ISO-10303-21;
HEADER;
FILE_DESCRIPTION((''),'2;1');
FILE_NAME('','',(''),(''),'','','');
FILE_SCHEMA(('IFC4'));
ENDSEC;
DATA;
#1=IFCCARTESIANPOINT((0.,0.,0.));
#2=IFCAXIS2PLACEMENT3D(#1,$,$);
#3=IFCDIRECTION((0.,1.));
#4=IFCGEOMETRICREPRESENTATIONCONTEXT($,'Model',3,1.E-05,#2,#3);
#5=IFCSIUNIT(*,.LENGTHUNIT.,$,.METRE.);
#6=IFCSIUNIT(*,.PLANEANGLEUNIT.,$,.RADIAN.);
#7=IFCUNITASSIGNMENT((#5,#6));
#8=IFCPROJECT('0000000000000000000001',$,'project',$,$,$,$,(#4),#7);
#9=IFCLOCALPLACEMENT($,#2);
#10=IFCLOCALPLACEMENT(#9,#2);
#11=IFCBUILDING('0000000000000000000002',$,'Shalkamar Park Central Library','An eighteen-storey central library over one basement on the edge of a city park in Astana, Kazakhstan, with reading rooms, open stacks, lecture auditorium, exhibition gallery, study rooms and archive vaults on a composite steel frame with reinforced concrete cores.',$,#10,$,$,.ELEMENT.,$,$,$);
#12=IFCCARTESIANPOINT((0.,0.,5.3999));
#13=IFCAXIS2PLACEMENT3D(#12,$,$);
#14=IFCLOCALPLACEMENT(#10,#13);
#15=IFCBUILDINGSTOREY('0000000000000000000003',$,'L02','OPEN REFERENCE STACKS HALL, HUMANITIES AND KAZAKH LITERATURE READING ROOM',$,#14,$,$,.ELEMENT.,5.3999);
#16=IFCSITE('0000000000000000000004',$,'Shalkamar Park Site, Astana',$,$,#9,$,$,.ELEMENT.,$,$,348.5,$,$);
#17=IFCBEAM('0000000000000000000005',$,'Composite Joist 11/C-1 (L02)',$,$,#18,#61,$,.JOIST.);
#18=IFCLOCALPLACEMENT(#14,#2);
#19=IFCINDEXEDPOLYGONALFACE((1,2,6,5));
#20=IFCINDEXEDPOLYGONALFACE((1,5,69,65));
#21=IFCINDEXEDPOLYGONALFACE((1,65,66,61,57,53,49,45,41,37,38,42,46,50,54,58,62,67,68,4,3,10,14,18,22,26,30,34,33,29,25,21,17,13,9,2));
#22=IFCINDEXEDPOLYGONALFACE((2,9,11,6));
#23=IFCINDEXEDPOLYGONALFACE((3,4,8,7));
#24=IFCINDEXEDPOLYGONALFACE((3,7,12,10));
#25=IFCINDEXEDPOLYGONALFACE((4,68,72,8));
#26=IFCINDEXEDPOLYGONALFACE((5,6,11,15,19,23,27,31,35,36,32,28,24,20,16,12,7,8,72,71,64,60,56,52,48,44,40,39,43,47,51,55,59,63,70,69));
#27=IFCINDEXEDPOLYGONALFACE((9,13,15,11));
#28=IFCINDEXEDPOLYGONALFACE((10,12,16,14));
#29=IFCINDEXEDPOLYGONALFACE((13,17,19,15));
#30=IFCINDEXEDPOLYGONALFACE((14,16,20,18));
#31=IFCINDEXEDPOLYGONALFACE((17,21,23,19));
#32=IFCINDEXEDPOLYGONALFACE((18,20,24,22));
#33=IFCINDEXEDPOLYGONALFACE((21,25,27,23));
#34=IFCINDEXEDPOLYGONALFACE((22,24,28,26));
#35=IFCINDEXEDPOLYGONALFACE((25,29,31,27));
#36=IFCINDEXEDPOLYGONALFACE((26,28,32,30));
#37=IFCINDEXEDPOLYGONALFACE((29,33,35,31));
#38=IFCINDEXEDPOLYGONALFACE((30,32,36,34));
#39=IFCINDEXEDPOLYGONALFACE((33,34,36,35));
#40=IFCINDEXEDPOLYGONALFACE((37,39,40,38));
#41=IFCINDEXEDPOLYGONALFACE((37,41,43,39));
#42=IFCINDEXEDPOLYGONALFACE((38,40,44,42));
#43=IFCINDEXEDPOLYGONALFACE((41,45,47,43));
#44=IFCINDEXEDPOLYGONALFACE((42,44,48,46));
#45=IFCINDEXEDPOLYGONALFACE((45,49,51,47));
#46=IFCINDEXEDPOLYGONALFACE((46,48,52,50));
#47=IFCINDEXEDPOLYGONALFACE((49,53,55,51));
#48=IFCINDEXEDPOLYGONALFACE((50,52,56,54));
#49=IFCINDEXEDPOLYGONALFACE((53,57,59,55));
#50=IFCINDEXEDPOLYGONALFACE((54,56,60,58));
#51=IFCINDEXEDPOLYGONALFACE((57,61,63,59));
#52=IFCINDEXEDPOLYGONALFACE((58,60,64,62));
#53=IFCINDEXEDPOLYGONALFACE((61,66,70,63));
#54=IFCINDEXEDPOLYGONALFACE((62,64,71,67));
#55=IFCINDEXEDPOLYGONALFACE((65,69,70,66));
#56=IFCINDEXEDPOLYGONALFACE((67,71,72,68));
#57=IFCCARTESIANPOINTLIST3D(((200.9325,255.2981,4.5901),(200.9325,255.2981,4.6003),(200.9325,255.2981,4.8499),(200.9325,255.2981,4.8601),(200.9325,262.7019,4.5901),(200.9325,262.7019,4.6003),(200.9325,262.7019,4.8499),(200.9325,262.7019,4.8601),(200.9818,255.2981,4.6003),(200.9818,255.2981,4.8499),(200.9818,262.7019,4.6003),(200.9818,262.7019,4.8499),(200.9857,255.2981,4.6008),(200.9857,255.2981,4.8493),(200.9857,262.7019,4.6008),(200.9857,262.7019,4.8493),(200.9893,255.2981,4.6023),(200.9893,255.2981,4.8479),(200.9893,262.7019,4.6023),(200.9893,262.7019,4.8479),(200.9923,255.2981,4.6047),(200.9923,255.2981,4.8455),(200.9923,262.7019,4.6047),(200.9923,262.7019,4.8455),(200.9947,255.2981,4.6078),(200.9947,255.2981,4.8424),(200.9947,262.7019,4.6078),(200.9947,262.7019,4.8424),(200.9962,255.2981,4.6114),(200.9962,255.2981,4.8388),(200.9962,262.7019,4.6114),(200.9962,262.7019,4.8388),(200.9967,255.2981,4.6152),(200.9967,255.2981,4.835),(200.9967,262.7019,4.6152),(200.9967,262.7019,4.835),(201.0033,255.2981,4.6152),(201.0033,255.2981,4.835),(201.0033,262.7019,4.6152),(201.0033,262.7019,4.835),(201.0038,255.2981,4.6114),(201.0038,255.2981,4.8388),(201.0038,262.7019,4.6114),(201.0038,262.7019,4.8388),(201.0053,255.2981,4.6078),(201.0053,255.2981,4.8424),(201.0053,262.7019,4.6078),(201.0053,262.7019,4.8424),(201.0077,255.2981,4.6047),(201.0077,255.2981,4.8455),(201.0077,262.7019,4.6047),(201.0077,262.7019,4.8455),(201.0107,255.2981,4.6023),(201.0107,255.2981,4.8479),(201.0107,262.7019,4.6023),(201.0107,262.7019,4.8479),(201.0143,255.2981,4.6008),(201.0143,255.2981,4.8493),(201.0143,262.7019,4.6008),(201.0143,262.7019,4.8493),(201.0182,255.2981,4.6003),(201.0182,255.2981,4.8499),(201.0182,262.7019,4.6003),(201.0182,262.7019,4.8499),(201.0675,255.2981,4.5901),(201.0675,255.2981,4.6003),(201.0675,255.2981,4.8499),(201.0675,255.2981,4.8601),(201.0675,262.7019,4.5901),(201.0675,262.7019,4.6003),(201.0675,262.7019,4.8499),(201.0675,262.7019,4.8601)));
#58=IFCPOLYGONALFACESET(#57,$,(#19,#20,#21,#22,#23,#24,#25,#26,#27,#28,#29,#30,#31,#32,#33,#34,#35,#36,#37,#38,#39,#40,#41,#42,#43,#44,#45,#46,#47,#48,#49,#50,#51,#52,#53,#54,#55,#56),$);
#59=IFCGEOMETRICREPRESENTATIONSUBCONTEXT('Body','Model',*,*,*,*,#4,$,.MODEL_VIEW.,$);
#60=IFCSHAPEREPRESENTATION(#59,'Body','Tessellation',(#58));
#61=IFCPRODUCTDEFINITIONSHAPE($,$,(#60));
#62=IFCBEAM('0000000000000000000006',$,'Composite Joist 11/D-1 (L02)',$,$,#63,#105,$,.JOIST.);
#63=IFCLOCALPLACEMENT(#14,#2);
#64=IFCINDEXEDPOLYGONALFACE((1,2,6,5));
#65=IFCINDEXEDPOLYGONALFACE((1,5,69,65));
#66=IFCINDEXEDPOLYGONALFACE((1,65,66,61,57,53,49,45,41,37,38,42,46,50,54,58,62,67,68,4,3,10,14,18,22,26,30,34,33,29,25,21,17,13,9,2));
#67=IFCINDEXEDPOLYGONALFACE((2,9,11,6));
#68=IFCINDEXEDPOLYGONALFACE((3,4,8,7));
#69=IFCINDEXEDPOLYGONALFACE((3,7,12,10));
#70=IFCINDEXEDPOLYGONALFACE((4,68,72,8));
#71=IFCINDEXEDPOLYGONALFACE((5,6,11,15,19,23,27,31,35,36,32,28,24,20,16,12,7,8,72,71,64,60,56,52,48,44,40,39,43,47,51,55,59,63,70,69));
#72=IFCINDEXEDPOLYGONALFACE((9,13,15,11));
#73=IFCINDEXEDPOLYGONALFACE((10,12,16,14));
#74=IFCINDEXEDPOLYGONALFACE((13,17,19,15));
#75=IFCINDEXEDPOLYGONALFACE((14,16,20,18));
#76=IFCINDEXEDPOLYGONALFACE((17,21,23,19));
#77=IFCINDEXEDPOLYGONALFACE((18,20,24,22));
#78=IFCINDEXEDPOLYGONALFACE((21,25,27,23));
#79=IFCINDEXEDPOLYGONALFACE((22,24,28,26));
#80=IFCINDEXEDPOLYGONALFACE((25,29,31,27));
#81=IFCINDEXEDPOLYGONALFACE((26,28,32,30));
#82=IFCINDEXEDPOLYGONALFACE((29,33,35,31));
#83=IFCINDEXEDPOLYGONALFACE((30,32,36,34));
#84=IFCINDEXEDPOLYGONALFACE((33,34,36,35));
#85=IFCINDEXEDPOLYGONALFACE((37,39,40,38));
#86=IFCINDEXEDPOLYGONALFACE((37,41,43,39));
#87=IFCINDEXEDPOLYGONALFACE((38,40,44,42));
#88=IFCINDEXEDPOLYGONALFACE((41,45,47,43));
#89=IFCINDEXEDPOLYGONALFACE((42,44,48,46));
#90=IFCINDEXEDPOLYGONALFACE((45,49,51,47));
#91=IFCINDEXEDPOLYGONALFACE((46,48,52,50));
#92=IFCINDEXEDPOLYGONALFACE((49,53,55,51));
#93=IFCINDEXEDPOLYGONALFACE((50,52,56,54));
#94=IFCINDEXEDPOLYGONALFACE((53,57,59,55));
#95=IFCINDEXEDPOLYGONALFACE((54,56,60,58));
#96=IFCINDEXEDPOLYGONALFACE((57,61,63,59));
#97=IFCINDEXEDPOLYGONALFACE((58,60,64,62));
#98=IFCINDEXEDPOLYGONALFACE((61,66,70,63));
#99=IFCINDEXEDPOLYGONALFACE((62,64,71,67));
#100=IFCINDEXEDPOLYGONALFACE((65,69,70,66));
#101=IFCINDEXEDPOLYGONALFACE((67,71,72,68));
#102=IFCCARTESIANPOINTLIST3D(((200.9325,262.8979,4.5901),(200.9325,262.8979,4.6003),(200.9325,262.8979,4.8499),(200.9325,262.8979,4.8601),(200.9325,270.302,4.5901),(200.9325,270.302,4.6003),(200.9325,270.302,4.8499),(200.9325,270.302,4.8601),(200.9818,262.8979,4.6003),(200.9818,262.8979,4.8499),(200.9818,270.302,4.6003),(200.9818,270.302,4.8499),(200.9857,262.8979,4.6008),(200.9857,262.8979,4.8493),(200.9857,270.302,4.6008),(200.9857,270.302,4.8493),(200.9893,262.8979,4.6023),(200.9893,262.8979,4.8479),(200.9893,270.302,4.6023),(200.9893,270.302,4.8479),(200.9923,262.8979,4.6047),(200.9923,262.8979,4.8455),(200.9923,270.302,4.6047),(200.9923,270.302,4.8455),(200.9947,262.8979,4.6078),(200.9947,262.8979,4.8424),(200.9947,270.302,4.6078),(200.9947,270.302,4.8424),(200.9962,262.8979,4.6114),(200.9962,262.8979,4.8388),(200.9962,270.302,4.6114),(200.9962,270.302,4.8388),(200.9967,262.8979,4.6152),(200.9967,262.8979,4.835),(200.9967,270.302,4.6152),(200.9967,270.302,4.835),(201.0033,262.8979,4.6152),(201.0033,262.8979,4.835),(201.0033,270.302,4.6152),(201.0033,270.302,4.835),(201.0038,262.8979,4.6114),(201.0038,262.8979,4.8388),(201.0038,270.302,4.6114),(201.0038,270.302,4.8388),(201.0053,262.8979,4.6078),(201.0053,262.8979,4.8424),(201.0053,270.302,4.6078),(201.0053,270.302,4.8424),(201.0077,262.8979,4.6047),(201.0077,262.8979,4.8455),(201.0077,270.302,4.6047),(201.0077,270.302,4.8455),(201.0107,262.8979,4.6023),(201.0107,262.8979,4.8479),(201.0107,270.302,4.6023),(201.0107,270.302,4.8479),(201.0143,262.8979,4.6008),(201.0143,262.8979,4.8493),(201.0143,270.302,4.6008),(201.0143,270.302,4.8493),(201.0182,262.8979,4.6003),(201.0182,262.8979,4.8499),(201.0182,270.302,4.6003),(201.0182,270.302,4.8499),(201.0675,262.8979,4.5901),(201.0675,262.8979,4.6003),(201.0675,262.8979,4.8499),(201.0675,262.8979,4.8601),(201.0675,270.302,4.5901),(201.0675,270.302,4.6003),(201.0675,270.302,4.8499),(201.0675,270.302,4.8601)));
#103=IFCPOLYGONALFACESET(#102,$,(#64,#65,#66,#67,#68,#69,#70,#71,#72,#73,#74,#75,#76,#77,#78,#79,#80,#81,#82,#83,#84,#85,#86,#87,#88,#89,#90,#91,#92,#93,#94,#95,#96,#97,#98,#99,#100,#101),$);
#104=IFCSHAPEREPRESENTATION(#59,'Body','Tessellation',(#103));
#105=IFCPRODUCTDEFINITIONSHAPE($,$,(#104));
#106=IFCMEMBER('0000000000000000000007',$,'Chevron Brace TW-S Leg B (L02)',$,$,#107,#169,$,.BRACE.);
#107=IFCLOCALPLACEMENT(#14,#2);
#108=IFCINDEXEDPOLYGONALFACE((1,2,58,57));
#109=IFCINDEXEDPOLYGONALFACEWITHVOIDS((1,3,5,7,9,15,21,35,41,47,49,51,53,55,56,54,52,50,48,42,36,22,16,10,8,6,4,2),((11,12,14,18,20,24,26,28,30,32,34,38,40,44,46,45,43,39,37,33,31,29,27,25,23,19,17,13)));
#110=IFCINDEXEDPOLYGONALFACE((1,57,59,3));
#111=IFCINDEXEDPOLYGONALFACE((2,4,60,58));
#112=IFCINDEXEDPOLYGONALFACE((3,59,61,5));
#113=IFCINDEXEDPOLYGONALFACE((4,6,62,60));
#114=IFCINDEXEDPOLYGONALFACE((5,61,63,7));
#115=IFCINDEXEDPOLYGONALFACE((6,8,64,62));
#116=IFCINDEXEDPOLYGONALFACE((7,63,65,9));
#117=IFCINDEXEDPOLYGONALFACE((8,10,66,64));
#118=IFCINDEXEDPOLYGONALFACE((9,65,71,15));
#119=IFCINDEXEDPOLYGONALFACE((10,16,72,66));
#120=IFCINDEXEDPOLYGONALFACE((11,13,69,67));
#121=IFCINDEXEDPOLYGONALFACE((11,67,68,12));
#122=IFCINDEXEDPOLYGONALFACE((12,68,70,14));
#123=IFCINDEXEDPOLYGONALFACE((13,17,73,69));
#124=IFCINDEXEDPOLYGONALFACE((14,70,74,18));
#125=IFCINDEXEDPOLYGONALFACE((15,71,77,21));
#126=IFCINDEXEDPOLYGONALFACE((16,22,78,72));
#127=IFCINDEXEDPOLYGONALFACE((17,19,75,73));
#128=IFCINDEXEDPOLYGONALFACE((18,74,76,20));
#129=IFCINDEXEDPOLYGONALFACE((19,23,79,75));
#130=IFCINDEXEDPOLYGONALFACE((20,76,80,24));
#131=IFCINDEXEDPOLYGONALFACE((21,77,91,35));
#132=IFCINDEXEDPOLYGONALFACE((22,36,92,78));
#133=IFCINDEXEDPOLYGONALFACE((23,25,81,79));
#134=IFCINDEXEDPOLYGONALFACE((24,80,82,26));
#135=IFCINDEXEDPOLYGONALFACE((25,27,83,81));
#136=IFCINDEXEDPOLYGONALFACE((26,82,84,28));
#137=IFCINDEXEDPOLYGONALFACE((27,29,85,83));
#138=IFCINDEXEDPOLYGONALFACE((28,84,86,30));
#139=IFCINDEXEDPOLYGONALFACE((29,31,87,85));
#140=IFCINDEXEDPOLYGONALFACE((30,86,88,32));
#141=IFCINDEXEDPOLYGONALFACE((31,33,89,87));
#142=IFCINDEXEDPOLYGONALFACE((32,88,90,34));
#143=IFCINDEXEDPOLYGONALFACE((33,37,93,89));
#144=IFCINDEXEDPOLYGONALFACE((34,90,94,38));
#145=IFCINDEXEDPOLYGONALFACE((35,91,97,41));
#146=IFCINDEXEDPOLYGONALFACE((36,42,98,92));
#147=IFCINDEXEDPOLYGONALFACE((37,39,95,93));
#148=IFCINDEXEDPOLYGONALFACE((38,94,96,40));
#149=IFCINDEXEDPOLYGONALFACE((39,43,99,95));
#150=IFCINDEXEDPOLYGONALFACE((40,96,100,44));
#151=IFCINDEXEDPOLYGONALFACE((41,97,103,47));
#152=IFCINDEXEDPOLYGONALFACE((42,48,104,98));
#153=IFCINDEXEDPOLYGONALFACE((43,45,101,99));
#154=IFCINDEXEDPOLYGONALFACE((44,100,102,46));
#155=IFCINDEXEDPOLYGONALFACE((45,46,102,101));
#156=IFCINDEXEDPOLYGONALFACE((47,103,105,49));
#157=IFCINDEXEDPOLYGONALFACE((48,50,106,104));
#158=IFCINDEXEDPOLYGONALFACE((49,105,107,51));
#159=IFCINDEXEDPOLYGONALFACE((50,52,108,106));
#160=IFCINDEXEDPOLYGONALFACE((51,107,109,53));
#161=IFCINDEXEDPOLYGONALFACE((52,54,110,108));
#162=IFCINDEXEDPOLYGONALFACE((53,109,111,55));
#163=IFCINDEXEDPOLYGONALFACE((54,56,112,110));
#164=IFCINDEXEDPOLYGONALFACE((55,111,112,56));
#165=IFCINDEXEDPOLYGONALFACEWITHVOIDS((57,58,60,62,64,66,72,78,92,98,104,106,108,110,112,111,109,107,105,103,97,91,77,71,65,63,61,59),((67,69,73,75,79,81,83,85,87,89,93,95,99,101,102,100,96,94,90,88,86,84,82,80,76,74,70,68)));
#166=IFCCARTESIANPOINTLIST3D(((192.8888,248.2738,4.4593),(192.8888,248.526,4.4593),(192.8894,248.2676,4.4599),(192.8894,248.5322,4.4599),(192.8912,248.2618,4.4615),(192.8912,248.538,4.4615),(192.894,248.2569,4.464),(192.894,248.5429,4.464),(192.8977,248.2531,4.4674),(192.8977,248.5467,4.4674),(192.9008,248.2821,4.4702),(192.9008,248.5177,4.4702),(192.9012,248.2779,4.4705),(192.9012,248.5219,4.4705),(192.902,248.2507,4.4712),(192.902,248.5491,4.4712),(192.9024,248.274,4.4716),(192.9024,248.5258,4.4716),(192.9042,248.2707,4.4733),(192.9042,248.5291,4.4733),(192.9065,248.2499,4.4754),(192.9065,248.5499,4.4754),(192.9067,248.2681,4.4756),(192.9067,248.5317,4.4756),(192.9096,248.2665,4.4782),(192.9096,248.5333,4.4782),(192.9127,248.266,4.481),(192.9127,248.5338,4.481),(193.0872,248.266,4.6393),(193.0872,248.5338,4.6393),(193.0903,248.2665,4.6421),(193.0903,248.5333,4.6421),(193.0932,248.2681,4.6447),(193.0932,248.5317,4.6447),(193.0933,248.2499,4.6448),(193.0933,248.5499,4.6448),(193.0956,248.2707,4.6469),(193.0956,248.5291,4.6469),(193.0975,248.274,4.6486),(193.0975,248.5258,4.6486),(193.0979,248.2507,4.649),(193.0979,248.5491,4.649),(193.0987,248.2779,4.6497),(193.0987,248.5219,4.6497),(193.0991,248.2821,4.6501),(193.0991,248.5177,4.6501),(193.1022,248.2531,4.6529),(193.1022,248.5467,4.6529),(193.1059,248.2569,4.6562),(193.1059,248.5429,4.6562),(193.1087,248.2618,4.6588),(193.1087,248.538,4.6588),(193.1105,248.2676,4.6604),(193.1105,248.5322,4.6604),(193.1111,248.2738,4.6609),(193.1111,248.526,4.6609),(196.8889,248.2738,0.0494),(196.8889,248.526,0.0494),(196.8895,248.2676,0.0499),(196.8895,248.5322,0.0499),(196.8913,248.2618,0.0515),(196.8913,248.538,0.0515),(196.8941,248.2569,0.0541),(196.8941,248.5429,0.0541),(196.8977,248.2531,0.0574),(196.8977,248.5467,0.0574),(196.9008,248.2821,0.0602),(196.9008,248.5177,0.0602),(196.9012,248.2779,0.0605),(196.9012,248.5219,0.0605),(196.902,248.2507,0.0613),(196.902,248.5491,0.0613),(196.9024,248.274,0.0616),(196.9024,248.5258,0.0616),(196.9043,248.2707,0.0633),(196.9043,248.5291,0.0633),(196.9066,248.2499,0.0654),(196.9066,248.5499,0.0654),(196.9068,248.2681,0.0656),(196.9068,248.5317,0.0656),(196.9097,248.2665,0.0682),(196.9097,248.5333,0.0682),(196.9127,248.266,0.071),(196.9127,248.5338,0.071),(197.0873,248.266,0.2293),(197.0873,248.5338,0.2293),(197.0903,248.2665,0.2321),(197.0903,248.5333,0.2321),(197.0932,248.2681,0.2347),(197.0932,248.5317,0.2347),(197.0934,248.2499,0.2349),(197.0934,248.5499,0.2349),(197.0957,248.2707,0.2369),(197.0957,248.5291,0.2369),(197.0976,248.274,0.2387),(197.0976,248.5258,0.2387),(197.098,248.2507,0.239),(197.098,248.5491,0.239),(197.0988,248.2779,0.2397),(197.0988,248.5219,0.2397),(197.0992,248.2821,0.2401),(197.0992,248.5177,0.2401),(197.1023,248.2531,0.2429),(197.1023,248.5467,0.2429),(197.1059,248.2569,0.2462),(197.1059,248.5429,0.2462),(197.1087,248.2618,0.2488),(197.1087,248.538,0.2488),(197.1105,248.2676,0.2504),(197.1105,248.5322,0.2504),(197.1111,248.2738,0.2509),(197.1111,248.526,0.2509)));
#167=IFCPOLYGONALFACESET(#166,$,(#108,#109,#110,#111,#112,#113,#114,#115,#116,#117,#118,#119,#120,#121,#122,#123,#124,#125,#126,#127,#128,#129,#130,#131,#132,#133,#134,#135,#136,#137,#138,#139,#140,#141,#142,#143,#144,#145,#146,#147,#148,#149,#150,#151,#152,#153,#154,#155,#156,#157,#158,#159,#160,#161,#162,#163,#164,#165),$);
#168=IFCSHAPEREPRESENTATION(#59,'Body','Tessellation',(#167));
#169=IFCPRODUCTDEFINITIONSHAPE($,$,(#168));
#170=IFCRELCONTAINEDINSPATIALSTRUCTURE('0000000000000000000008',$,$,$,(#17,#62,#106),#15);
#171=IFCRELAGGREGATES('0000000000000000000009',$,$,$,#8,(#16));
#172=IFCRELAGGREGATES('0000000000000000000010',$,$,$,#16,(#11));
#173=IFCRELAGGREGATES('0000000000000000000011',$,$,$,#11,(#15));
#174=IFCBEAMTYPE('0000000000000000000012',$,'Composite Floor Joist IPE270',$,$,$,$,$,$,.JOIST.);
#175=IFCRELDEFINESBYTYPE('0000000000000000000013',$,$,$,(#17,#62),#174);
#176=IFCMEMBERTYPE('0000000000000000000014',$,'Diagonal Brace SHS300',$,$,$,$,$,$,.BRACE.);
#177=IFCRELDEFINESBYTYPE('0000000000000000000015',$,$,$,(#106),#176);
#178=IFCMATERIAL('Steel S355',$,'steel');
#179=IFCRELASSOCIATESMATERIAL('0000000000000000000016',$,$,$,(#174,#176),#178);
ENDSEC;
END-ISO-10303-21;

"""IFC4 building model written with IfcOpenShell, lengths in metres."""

from ifc_helpers import new_model, si_unit, direction, frame, origin, origin_2d, place, context, subcontext, project, spatial, hollow_rectangle, i_section, extrude, material, material_profile, profile_set, type_object, element, save


model = new_model("IFC4")

# Units and contexts
model_context = context("Model", 3, precision=1e-05, world=origin(), true_north=direction((0.0, 1.0)))
body_context = subcontext(model_context, "Body", "Model", "MODEL_VIEW")
ifc_project = project(units=[si_unit("LENGTHUNIT", "METRE"), si_unit("PLANEANGLEUNIT", "RADIAN")], contexts=[model_context])

# Site, building, storey
site_placement = place(None, origin())
site = spatial("IfcSite", under=ifc_project, at=site_placement, Name="Shalkamar Park Site, Astana", CompositionType="ELEMENT", RefElevation=348.5)
building_placement = place(site_placement, origin())
building = spatial("IfcBuilding", under=site, at=building_placement, Name="Shalkamar Park Central Library", Description="An eighteen-storey central library over one basement on the edge of a city park in Astana, Kazakhstan, with reading rooms, open stacks, lecture auditorium, exhibition gallery, study rooms and archive vaults on a composite steel frame with reinforced concrete cores.", CompositionType="ELEMENT")
storey_placement = place(building_placement, frame((0.0, 0.0, 5.3999)))
storey = spatial("IfcBuildingStorey", under=building, at=storey_placement, Name="L02", Description="OPEN REFERENCE STACKS HALL, HUMANITIES AND KAZAKH LITERATURE READING ROOM", CompositionType="ELEMENT", Elevation=5.3999)

# Shared definitions
ifc_material_1 = material(Name="Steel S355", Category="steel")

# Beams
ifc_material_profile_1 = material_profile(ifc_material_1, i_section(OverallWidth=0.135, OverallDepth=0.27, WebThickness=0.0066, FlangeThickness=0.0103, FilletRadius=0.0149, at=origin_2d()), Name="IPE 270")
ifc_profile_set_1 = profile_set([ifc_material_profile_1], Name="Steel S355")
beam_type_1 = type_object("IfcBeamType", Name="Composite Floor Joist IPE270", PredefinedType="JOIST", material=ifc_profile_set_1)
beam_1_placement = place(storey_placement, frame((201.0, 255.2981, 4.7251), z_axis=(0.0, 1.0, 0.0), x_axis=(-1.0, 0.0, 0.0)))
element("IfcBeam", 1, at=beam_1_placement, inside=storey, type_object=beam_type_1, Name="Composite Joist 11/C-1 (L02)", PredefinedType="JOIST", context=body_context, shape_type="SweptSolid", body=[
    extrude(i_section(OverallWidth=0.135, OverallDepth=0.27, WebThickness=0.0066, FlangeThickness=0.0103, FilletRadius=0.0149, at=origin_2d()), origin(), (0.0, 0.0, 1.0), 7.4038),
])
beam_2_placement = place(storey_placement, frame((201.0, 262.8979, 4.7251), z_axis=(0.0, 1.0, 0.0), x_axis=(-1.0, 0.0, 0.0)))
element("IfcBeam", 2, at=beam_2_placement, inside=storey, type_object=beam_type_1, Name="Composite Joist 11/D-1 (L02)", PredefinedType="JOIST", context=body_context, shape_type="SweptSolid", body=[
    extrude(i_section(OverallWidth=0.135, OverallDepth=0.27, WebThickness=0.0066, FlangeThickness=0.0103, FilletRadius=0.0149, at=origin_2d()), origin(), (0.0, 0.0, 1.0), 7.4041),
])

# Member
ifc_material_profile_2 = material_profile(ifc_material_1, hollow_rectangle(XDim=0.3, YDim=0.3, WallThickness=0.0161, InnerFilletRadius=0.0161, OuterFilletRadius=0.0239, at=origin_2d()), Name="SHS 300x300x16")
ifc_profile_set_2 = profile_set([ifc_material_profile_2], Name="Steel S355")
member_type = type_object("IfcMemberType", Name="Diagonal Brace SHS300", PredefinedType="BRACE", material=ifc_profile_set_2)
member_placement = place(storey_placement, frame((197.0, 248.3999, 0.1501), z_axis=(-0.671844, 0.0, 0.740693), x_axis=(0.0, -1.0, 0.0)))
element("IfcMember", 3, at=member_placement, inside=storey, type_object=member_type, Name="Chevron Brace TW-S Leg B (L02)", PredefinedType="BRACE", context=body_context, shape_type="SweptSolid", body=[
    extrude(hollow_rectangle(XDim=0.3, YDim=0.3, WallThickness=0.0161, InnerFilletRadius=0.0161, OuterFilletRadius=0.0239, at=origin_2d()), origin(), (0.0, 0.0, 1.0), 5.9539),
])

save(model, "model.ifc")
